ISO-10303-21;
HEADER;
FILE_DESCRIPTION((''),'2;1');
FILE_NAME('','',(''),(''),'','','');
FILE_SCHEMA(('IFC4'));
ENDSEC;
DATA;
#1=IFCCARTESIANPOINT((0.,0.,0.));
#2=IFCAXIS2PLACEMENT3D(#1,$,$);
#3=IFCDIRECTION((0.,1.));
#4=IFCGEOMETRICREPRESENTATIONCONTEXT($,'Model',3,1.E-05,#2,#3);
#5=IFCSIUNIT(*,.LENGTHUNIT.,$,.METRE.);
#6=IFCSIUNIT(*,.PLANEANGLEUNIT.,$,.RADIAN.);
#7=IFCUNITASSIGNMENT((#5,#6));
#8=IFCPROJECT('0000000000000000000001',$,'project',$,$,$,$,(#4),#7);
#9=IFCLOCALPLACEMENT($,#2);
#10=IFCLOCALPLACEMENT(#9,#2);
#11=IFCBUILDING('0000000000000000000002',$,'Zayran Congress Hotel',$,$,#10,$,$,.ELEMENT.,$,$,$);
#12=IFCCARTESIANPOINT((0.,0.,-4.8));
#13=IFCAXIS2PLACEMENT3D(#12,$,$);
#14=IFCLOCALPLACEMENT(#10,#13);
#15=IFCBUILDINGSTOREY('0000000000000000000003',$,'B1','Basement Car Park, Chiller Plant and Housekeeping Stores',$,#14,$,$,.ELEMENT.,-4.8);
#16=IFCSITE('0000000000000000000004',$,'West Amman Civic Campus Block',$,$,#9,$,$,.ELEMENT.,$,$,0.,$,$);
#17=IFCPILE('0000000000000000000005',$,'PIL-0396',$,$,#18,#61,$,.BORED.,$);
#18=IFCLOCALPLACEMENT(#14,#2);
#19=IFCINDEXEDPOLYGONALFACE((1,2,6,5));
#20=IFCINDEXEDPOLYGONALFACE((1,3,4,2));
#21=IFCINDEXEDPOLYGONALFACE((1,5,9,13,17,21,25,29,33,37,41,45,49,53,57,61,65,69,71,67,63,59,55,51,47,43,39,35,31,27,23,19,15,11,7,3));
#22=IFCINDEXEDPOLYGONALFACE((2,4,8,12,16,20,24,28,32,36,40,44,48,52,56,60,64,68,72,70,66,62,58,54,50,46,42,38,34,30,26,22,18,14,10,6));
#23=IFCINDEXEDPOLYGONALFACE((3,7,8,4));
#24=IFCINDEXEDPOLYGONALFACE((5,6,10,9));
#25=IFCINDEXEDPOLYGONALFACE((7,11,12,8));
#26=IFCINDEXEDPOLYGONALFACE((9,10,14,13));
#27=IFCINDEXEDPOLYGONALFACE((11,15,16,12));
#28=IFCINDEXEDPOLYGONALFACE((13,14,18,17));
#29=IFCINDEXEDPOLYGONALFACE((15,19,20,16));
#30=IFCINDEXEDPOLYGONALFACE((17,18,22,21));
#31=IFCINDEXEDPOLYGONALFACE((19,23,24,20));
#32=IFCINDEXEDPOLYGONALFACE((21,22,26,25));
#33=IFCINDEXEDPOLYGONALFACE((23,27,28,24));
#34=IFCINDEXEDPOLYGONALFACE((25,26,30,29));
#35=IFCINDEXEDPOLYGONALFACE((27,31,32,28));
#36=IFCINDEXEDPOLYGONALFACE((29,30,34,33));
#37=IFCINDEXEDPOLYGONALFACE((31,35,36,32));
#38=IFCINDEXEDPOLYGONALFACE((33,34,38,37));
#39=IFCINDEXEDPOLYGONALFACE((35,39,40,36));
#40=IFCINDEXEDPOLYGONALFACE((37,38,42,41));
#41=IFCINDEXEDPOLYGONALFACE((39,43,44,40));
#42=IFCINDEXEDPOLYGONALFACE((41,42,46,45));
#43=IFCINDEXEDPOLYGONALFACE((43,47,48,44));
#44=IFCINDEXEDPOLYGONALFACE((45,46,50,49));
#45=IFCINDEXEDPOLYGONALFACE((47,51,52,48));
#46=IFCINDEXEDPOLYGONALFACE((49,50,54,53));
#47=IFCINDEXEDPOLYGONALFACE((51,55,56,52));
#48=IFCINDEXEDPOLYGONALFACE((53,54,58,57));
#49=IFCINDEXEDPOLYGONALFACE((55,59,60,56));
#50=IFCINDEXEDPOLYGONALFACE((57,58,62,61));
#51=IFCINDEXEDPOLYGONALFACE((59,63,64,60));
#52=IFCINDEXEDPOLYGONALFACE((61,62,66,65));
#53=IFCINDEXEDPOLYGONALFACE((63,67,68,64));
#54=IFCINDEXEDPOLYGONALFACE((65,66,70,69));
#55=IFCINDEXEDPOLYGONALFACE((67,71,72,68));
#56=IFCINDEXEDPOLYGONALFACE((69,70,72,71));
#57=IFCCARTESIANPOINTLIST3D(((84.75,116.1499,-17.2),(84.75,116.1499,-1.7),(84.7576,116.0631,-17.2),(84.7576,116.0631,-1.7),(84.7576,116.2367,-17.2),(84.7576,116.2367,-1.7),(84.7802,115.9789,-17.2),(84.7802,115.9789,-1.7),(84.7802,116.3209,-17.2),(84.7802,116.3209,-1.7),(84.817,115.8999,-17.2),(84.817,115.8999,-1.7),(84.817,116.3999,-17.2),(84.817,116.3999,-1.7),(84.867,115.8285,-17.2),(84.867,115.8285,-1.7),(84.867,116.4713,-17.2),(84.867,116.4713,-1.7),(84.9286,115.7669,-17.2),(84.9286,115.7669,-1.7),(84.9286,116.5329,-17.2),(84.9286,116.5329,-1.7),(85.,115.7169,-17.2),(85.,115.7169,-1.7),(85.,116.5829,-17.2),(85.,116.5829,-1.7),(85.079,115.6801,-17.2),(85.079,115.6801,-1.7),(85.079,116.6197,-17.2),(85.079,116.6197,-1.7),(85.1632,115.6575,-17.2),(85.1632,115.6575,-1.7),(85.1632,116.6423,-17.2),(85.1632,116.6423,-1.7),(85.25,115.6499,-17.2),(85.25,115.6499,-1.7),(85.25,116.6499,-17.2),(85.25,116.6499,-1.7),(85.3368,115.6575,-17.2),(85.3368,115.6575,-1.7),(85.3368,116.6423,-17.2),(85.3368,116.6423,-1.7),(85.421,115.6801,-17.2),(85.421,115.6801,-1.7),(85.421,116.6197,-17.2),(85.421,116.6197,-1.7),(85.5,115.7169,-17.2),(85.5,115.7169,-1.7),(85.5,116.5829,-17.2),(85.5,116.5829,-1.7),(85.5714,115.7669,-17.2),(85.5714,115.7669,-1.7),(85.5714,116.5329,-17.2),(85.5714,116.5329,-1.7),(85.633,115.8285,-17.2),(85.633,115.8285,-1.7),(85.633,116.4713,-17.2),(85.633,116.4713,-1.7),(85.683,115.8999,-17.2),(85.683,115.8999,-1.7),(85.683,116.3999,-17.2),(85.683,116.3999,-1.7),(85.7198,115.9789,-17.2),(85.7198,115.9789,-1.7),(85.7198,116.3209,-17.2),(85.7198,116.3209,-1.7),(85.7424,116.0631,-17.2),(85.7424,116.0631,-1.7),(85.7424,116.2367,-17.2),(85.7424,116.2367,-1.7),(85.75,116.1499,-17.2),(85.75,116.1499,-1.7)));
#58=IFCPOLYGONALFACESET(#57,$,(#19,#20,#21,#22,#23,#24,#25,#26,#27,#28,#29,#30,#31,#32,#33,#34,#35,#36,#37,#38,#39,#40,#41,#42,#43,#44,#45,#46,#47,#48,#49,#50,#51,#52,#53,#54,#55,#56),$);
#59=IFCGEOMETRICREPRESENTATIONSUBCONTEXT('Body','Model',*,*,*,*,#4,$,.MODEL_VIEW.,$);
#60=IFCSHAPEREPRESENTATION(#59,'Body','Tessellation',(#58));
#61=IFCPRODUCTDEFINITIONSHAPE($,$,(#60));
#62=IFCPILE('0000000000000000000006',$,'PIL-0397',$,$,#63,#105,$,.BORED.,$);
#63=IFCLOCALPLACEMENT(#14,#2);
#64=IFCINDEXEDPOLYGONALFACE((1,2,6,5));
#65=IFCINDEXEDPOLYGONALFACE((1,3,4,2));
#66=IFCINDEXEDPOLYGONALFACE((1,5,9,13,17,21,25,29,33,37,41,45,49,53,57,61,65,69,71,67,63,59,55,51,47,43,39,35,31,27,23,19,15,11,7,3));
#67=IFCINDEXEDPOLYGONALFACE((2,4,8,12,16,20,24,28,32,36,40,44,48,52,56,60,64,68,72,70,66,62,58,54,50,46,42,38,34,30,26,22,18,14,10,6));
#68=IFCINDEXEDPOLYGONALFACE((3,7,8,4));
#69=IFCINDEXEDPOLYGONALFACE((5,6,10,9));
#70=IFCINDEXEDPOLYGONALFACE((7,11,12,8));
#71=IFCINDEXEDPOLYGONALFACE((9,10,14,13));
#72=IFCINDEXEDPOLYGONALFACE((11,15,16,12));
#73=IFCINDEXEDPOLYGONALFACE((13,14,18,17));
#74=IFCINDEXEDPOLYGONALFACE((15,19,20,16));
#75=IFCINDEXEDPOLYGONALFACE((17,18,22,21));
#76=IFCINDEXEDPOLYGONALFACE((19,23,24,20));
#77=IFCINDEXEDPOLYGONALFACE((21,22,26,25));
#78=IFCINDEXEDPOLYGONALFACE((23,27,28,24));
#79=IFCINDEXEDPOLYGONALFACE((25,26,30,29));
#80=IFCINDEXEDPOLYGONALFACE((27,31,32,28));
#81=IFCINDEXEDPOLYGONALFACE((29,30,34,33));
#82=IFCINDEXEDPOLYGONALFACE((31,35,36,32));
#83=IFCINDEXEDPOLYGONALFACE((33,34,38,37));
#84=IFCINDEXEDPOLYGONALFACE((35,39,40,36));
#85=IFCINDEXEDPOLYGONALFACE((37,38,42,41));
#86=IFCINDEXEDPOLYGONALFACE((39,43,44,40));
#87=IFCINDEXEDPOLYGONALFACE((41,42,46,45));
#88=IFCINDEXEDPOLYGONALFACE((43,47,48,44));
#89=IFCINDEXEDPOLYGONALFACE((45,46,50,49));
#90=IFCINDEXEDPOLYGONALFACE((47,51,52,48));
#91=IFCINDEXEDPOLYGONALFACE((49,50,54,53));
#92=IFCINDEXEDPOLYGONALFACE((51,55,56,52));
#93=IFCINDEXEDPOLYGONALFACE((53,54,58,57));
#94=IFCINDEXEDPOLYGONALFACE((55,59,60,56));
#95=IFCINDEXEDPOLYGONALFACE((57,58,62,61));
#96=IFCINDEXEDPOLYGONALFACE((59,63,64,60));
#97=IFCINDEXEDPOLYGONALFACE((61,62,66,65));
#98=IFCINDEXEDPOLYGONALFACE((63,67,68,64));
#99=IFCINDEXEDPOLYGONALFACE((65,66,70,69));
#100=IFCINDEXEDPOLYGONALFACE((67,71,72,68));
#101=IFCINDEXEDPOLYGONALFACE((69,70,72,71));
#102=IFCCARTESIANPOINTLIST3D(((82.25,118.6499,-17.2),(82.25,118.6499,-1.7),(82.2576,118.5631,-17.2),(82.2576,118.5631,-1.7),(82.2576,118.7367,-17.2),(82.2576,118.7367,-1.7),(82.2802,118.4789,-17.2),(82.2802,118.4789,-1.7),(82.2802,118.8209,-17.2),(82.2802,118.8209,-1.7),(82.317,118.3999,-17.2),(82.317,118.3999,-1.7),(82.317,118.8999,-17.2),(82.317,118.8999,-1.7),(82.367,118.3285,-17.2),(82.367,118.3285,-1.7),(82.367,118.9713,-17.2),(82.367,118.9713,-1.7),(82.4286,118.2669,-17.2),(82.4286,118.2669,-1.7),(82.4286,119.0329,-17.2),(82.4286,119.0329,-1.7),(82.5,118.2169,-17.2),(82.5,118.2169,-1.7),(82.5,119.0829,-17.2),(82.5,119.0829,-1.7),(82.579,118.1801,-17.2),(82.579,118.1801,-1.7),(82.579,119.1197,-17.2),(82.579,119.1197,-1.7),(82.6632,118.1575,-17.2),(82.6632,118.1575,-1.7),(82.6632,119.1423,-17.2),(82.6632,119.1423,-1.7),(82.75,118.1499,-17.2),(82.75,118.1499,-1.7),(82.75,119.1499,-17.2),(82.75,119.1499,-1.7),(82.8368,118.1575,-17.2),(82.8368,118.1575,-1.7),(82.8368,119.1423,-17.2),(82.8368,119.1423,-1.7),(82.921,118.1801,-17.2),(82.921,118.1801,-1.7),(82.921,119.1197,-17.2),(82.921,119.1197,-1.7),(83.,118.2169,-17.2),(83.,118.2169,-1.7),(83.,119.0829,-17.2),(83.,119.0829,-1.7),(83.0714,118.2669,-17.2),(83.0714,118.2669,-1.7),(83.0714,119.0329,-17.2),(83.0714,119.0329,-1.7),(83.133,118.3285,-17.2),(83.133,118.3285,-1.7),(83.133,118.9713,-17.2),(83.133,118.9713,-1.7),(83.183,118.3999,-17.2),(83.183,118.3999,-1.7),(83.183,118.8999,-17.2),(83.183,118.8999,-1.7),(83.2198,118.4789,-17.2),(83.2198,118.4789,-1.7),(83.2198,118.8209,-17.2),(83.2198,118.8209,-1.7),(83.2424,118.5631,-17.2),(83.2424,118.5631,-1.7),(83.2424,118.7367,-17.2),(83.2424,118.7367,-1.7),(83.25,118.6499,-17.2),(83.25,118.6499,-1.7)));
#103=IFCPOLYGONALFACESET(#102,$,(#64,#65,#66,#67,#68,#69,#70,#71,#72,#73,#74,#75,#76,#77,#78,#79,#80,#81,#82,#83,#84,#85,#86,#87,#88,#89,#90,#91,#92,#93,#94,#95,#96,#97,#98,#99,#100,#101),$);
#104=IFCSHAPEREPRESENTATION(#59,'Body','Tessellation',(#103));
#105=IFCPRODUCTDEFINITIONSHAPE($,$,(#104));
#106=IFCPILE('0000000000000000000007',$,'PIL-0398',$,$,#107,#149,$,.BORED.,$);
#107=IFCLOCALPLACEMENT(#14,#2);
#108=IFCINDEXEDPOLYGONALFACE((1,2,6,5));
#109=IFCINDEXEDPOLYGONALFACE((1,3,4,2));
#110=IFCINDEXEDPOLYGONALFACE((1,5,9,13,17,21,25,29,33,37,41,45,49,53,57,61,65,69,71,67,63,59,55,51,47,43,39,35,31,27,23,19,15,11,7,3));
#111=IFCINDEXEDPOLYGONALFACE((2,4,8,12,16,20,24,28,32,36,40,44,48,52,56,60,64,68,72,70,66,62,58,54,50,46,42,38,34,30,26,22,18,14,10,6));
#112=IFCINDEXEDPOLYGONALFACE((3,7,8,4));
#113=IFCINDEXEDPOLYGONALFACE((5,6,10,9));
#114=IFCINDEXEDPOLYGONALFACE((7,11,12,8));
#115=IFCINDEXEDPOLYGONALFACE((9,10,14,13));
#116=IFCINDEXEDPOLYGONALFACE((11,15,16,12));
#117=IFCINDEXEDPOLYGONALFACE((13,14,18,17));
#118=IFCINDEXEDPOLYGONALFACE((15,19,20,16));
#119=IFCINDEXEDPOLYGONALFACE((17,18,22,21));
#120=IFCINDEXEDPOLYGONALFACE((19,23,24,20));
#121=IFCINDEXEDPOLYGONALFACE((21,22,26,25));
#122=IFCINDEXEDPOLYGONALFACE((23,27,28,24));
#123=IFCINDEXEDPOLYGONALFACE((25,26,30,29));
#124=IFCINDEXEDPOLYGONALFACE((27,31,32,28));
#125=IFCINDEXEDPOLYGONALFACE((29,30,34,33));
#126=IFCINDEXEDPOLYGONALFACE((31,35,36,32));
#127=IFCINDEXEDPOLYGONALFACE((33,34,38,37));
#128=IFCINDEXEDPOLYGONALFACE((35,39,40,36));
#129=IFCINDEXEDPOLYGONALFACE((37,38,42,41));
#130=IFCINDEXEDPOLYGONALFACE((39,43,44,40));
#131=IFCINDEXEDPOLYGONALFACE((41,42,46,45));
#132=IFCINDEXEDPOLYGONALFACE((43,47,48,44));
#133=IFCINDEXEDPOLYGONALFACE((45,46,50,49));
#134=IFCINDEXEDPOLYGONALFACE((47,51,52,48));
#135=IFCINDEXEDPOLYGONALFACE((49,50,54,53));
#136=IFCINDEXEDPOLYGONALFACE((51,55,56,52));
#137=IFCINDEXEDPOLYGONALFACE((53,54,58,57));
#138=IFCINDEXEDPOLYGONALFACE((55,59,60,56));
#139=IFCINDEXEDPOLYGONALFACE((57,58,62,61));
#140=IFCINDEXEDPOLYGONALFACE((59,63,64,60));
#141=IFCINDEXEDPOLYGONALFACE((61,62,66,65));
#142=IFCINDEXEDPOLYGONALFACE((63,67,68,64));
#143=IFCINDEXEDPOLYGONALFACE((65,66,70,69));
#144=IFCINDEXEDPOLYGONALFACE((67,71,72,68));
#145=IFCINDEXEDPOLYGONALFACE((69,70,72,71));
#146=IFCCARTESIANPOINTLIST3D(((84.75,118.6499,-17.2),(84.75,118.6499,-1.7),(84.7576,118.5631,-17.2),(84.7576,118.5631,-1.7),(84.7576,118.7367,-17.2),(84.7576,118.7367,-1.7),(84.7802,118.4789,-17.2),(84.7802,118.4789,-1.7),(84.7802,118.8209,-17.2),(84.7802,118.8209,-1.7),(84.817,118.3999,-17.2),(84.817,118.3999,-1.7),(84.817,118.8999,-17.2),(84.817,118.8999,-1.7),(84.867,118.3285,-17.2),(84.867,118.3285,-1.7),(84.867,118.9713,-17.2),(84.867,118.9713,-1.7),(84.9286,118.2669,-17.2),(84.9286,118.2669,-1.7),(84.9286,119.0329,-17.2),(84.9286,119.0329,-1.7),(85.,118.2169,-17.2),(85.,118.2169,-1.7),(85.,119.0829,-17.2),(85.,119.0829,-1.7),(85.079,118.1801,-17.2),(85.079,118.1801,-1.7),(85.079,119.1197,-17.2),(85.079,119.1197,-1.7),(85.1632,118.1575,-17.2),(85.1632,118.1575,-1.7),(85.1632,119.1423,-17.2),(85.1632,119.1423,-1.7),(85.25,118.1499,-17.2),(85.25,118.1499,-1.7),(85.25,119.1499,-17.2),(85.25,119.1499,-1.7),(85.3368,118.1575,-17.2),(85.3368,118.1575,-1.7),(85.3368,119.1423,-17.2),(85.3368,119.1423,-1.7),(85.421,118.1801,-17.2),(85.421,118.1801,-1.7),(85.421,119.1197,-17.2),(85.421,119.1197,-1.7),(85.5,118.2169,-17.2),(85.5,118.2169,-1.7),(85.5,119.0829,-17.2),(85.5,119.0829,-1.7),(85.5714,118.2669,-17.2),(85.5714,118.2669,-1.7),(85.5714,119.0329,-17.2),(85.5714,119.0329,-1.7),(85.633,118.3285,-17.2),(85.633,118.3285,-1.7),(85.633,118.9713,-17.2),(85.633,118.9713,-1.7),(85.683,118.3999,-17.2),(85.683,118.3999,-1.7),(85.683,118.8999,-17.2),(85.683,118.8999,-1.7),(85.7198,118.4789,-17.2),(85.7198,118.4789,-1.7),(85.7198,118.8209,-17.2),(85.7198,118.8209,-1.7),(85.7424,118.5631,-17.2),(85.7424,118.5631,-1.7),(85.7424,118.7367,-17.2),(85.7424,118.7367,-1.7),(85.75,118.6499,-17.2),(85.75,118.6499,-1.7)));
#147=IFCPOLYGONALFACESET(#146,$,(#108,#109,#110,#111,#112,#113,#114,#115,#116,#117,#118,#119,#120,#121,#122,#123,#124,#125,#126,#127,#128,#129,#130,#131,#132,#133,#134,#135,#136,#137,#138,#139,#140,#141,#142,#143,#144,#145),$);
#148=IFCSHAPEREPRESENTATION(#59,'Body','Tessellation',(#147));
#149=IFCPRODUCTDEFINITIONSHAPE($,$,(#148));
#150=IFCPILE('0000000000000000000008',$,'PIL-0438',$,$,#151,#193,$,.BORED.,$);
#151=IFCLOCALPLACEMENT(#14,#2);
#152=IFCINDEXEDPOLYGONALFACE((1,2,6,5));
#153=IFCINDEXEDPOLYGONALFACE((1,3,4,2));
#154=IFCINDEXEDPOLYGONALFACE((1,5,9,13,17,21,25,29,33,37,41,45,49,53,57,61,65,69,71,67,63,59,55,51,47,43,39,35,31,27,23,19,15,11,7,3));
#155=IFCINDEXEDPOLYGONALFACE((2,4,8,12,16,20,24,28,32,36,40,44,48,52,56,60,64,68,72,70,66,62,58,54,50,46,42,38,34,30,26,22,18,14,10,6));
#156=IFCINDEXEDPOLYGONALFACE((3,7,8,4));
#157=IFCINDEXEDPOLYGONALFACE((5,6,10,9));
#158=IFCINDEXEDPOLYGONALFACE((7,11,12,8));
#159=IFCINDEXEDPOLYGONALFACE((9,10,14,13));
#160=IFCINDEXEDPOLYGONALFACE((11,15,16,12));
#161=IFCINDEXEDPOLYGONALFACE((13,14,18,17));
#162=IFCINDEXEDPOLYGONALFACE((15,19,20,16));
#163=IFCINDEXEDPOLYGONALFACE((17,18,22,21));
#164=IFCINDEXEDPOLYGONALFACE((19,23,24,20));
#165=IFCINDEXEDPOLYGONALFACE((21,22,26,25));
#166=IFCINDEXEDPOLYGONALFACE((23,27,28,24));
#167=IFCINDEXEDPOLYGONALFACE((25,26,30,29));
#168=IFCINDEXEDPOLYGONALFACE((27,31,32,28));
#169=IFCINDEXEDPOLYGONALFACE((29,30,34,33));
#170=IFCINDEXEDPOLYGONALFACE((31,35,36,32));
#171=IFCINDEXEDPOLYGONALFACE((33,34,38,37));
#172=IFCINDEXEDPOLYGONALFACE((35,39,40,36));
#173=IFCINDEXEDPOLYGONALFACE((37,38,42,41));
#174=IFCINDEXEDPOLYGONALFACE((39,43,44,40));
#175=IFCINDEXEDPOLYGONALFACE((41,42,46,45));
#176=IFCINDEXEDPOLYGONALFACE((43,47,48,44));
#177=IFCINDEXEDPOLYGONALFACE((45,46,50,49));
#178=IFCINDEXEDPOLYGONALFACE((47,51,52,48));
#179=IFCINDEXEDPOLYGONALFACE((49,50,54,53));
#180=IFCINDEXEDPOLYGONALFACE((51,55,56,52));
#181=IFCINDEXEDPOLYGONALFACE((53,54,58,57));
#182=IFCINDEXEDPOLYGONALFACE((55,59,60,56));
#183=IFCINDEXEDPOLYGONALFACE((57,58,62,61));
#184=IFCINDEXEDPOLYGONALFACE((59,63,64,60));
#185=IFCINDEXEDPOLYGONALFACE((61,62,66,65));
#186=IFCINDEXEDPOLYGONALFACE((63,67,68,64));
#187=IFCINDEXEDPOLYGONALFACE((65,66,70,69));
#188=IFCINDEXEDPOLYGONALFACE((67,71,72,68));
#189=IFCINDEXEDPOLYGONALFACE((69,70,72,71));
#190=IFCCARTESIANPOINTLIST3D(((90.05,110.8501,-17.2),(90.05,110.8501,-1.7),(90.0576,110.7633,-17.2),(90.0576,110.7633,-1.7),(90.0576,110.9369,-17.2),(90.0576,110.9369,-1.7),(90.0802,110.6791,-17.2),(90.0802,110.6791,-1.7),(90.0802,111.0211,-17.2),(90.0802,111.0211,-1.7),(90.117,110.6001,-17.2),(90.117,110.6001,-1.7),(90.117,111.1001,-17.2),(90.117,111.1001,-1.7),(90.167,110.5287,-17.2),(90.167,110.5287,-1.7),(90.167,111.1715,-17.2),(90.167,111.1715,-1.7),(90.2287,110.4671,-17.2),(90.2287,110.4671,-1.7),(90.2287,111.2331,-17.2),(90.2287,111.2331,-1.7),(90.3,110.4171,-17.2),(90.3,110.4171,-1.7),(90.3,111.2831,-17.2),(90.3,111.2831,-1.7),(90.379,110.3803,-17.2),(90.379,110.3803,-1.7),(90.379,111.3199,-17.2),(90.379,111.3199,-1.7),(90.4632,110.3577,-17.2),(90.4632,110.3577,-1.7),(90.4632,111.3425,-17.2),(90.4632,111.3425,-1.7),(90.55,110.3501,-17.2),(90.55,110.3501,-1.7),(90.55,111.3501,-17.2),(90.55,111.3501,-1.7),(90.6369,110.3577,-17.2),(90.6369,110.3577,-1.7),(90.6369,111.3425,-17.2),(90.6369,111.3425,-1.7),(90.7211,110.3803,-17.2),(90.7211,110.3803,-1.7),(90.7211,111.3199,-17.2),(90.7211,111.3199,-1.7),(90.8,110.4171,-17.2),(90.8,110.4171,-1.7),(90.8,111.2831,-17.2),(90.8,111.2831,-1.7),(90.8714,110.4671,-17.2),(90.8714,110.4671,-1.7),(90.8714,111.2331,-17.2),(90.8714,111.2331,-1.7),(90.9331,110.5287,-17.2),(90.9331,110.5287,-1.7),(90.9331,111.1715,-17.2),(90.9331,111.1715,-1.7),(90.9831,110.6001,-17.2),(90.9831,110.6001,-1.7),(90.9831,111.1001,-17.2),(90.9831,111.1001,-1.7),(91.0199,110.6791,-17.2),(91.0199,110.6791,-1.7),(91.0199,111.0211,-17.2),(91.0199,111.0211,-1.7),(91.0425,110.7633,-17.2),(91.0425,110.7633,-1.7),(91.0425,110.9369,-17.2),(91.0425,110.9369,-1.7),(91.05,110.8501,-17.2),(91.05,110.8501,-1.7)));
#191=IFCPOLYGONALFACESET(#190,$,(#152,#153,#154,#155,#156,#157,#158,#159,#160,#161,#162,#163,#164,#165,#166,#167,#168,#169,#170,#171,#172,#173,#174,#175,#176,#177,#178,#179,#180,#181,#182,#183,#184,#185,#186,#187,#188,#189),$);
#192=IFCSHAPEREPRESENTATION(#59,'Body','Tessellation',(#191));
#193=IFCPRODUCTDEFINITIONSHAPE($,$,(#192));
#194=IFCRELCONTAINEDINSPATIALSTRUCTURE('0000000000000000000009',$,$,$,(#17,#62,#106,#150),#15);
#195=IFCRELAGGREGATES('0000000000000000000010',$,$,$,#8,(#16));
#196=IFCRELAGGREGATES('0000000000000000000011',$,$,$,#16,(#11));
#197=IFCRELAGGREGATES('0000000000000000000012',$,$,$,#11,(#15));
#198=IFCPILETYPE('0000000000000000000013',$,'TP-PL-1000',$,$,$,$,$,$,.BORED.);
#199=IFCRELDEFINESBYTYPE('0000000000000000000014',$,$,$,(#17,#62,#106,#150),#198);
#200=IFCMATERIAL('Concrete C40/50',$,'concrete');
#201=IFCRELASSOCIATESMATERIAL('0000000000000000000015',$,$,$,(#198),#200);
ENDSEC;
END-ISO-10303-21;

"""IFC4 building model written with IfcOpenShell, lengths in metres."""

from ifc_helpers import new_model, si_unit, direction, frame, origin, origin_2d, place, context, subcontext, project, spatial, circle, extrude, material, material_profile, profile_set, type_object, element, save


model = new_model("IFC4")

# Units and contexts
model_context = context("Model", 3, precision=1e-05, world=origin(), true_north=direction((0.0, 1.0)))
body_context = subcontext(model_context, "Body", "Model", "MODEL_VIEW")
ifc_project = project(units=[si_unit("LENGTHUNIT", "METRE"), si_unit("PLANEANGLEUNIT", "RADIAN")], contexts=[model_context])

# Site, building, storey
site_placement = place(None, origin())
site = spatial("IfcSite", under=ifc_project, at=site_placement, Name="West Amman Civic Campus Block", CompositionType="ELEMENT", RefElevation=0.0)
building_placement = place(site_placement, origin())
building = spatial("IfcBuilding", under=site, at=building_placement, Name="Zayran Congress Hotel", CompositionType="ELEMENT")
storey_placement = place(building_placement, frame((0.0, 0.0, -4.8)))
storey = spatial("IfcBuildingStorey", under=building, at=storey_placement, Name="B1", Description="Basement Car Park, Chiller Plant and Housekeeping Stores", CompositionType="ELEMENT", Elevation=-4.8)

# Piles
ifc_material_1 = material(Name="Concrete C40/50", Category="concrete")
ifc_material_profile_1 = material_profile(ifc_material_1, circle(Radius=0.5, at=origin_2d()), Name="PILE D1000")
ifc_profile_set_1 = profile_set([ifc_material_profile_1], Name="Concrete C40/50")
pile_type = type_object("IfcPileType", Name="TP-PL-1000", PredefinedType="BORED", material=ifc_profile_set_1)
for number, where, z_axis, x_axis, name in (
    (1, (85.25, 116.1499, -1.7), (0.0, 0.0, -1.0), (1.0, 0.0, 0.0), "PIL-0396"),
    (2, (82.75, 118.6499, -1.7), (0.0, 0.0, -1.0), (1.0, 0.0, 0.0), "PIL-0397"),
    (3, (85.25, 118.6499, -1.7), (0.0, 0.0, -1.0), (1.0, 0.0, 0.0), "PIL-0398"),
    (4, (90.55, 110.8501, -1.7), (0.0, 0.0, -1.0), (1.0, 0.0, 0.0), "PIL-0438"),
):
    element("IfcPile", number, at=place(storey_placement, frame(where, z_axis=z_axis, x_axis=x_axis)), inside=storey, type_object=pile_type, Name=name, PredefinedType="BORED", context=body_context, shape_type="SweptSolid", body=[
        extrude(circle(Radius=0.5, at=origin_2d()), origin(), (0.0, 0.0, 1.0), 15.5),
    ])

save(model, "model.ifc")
